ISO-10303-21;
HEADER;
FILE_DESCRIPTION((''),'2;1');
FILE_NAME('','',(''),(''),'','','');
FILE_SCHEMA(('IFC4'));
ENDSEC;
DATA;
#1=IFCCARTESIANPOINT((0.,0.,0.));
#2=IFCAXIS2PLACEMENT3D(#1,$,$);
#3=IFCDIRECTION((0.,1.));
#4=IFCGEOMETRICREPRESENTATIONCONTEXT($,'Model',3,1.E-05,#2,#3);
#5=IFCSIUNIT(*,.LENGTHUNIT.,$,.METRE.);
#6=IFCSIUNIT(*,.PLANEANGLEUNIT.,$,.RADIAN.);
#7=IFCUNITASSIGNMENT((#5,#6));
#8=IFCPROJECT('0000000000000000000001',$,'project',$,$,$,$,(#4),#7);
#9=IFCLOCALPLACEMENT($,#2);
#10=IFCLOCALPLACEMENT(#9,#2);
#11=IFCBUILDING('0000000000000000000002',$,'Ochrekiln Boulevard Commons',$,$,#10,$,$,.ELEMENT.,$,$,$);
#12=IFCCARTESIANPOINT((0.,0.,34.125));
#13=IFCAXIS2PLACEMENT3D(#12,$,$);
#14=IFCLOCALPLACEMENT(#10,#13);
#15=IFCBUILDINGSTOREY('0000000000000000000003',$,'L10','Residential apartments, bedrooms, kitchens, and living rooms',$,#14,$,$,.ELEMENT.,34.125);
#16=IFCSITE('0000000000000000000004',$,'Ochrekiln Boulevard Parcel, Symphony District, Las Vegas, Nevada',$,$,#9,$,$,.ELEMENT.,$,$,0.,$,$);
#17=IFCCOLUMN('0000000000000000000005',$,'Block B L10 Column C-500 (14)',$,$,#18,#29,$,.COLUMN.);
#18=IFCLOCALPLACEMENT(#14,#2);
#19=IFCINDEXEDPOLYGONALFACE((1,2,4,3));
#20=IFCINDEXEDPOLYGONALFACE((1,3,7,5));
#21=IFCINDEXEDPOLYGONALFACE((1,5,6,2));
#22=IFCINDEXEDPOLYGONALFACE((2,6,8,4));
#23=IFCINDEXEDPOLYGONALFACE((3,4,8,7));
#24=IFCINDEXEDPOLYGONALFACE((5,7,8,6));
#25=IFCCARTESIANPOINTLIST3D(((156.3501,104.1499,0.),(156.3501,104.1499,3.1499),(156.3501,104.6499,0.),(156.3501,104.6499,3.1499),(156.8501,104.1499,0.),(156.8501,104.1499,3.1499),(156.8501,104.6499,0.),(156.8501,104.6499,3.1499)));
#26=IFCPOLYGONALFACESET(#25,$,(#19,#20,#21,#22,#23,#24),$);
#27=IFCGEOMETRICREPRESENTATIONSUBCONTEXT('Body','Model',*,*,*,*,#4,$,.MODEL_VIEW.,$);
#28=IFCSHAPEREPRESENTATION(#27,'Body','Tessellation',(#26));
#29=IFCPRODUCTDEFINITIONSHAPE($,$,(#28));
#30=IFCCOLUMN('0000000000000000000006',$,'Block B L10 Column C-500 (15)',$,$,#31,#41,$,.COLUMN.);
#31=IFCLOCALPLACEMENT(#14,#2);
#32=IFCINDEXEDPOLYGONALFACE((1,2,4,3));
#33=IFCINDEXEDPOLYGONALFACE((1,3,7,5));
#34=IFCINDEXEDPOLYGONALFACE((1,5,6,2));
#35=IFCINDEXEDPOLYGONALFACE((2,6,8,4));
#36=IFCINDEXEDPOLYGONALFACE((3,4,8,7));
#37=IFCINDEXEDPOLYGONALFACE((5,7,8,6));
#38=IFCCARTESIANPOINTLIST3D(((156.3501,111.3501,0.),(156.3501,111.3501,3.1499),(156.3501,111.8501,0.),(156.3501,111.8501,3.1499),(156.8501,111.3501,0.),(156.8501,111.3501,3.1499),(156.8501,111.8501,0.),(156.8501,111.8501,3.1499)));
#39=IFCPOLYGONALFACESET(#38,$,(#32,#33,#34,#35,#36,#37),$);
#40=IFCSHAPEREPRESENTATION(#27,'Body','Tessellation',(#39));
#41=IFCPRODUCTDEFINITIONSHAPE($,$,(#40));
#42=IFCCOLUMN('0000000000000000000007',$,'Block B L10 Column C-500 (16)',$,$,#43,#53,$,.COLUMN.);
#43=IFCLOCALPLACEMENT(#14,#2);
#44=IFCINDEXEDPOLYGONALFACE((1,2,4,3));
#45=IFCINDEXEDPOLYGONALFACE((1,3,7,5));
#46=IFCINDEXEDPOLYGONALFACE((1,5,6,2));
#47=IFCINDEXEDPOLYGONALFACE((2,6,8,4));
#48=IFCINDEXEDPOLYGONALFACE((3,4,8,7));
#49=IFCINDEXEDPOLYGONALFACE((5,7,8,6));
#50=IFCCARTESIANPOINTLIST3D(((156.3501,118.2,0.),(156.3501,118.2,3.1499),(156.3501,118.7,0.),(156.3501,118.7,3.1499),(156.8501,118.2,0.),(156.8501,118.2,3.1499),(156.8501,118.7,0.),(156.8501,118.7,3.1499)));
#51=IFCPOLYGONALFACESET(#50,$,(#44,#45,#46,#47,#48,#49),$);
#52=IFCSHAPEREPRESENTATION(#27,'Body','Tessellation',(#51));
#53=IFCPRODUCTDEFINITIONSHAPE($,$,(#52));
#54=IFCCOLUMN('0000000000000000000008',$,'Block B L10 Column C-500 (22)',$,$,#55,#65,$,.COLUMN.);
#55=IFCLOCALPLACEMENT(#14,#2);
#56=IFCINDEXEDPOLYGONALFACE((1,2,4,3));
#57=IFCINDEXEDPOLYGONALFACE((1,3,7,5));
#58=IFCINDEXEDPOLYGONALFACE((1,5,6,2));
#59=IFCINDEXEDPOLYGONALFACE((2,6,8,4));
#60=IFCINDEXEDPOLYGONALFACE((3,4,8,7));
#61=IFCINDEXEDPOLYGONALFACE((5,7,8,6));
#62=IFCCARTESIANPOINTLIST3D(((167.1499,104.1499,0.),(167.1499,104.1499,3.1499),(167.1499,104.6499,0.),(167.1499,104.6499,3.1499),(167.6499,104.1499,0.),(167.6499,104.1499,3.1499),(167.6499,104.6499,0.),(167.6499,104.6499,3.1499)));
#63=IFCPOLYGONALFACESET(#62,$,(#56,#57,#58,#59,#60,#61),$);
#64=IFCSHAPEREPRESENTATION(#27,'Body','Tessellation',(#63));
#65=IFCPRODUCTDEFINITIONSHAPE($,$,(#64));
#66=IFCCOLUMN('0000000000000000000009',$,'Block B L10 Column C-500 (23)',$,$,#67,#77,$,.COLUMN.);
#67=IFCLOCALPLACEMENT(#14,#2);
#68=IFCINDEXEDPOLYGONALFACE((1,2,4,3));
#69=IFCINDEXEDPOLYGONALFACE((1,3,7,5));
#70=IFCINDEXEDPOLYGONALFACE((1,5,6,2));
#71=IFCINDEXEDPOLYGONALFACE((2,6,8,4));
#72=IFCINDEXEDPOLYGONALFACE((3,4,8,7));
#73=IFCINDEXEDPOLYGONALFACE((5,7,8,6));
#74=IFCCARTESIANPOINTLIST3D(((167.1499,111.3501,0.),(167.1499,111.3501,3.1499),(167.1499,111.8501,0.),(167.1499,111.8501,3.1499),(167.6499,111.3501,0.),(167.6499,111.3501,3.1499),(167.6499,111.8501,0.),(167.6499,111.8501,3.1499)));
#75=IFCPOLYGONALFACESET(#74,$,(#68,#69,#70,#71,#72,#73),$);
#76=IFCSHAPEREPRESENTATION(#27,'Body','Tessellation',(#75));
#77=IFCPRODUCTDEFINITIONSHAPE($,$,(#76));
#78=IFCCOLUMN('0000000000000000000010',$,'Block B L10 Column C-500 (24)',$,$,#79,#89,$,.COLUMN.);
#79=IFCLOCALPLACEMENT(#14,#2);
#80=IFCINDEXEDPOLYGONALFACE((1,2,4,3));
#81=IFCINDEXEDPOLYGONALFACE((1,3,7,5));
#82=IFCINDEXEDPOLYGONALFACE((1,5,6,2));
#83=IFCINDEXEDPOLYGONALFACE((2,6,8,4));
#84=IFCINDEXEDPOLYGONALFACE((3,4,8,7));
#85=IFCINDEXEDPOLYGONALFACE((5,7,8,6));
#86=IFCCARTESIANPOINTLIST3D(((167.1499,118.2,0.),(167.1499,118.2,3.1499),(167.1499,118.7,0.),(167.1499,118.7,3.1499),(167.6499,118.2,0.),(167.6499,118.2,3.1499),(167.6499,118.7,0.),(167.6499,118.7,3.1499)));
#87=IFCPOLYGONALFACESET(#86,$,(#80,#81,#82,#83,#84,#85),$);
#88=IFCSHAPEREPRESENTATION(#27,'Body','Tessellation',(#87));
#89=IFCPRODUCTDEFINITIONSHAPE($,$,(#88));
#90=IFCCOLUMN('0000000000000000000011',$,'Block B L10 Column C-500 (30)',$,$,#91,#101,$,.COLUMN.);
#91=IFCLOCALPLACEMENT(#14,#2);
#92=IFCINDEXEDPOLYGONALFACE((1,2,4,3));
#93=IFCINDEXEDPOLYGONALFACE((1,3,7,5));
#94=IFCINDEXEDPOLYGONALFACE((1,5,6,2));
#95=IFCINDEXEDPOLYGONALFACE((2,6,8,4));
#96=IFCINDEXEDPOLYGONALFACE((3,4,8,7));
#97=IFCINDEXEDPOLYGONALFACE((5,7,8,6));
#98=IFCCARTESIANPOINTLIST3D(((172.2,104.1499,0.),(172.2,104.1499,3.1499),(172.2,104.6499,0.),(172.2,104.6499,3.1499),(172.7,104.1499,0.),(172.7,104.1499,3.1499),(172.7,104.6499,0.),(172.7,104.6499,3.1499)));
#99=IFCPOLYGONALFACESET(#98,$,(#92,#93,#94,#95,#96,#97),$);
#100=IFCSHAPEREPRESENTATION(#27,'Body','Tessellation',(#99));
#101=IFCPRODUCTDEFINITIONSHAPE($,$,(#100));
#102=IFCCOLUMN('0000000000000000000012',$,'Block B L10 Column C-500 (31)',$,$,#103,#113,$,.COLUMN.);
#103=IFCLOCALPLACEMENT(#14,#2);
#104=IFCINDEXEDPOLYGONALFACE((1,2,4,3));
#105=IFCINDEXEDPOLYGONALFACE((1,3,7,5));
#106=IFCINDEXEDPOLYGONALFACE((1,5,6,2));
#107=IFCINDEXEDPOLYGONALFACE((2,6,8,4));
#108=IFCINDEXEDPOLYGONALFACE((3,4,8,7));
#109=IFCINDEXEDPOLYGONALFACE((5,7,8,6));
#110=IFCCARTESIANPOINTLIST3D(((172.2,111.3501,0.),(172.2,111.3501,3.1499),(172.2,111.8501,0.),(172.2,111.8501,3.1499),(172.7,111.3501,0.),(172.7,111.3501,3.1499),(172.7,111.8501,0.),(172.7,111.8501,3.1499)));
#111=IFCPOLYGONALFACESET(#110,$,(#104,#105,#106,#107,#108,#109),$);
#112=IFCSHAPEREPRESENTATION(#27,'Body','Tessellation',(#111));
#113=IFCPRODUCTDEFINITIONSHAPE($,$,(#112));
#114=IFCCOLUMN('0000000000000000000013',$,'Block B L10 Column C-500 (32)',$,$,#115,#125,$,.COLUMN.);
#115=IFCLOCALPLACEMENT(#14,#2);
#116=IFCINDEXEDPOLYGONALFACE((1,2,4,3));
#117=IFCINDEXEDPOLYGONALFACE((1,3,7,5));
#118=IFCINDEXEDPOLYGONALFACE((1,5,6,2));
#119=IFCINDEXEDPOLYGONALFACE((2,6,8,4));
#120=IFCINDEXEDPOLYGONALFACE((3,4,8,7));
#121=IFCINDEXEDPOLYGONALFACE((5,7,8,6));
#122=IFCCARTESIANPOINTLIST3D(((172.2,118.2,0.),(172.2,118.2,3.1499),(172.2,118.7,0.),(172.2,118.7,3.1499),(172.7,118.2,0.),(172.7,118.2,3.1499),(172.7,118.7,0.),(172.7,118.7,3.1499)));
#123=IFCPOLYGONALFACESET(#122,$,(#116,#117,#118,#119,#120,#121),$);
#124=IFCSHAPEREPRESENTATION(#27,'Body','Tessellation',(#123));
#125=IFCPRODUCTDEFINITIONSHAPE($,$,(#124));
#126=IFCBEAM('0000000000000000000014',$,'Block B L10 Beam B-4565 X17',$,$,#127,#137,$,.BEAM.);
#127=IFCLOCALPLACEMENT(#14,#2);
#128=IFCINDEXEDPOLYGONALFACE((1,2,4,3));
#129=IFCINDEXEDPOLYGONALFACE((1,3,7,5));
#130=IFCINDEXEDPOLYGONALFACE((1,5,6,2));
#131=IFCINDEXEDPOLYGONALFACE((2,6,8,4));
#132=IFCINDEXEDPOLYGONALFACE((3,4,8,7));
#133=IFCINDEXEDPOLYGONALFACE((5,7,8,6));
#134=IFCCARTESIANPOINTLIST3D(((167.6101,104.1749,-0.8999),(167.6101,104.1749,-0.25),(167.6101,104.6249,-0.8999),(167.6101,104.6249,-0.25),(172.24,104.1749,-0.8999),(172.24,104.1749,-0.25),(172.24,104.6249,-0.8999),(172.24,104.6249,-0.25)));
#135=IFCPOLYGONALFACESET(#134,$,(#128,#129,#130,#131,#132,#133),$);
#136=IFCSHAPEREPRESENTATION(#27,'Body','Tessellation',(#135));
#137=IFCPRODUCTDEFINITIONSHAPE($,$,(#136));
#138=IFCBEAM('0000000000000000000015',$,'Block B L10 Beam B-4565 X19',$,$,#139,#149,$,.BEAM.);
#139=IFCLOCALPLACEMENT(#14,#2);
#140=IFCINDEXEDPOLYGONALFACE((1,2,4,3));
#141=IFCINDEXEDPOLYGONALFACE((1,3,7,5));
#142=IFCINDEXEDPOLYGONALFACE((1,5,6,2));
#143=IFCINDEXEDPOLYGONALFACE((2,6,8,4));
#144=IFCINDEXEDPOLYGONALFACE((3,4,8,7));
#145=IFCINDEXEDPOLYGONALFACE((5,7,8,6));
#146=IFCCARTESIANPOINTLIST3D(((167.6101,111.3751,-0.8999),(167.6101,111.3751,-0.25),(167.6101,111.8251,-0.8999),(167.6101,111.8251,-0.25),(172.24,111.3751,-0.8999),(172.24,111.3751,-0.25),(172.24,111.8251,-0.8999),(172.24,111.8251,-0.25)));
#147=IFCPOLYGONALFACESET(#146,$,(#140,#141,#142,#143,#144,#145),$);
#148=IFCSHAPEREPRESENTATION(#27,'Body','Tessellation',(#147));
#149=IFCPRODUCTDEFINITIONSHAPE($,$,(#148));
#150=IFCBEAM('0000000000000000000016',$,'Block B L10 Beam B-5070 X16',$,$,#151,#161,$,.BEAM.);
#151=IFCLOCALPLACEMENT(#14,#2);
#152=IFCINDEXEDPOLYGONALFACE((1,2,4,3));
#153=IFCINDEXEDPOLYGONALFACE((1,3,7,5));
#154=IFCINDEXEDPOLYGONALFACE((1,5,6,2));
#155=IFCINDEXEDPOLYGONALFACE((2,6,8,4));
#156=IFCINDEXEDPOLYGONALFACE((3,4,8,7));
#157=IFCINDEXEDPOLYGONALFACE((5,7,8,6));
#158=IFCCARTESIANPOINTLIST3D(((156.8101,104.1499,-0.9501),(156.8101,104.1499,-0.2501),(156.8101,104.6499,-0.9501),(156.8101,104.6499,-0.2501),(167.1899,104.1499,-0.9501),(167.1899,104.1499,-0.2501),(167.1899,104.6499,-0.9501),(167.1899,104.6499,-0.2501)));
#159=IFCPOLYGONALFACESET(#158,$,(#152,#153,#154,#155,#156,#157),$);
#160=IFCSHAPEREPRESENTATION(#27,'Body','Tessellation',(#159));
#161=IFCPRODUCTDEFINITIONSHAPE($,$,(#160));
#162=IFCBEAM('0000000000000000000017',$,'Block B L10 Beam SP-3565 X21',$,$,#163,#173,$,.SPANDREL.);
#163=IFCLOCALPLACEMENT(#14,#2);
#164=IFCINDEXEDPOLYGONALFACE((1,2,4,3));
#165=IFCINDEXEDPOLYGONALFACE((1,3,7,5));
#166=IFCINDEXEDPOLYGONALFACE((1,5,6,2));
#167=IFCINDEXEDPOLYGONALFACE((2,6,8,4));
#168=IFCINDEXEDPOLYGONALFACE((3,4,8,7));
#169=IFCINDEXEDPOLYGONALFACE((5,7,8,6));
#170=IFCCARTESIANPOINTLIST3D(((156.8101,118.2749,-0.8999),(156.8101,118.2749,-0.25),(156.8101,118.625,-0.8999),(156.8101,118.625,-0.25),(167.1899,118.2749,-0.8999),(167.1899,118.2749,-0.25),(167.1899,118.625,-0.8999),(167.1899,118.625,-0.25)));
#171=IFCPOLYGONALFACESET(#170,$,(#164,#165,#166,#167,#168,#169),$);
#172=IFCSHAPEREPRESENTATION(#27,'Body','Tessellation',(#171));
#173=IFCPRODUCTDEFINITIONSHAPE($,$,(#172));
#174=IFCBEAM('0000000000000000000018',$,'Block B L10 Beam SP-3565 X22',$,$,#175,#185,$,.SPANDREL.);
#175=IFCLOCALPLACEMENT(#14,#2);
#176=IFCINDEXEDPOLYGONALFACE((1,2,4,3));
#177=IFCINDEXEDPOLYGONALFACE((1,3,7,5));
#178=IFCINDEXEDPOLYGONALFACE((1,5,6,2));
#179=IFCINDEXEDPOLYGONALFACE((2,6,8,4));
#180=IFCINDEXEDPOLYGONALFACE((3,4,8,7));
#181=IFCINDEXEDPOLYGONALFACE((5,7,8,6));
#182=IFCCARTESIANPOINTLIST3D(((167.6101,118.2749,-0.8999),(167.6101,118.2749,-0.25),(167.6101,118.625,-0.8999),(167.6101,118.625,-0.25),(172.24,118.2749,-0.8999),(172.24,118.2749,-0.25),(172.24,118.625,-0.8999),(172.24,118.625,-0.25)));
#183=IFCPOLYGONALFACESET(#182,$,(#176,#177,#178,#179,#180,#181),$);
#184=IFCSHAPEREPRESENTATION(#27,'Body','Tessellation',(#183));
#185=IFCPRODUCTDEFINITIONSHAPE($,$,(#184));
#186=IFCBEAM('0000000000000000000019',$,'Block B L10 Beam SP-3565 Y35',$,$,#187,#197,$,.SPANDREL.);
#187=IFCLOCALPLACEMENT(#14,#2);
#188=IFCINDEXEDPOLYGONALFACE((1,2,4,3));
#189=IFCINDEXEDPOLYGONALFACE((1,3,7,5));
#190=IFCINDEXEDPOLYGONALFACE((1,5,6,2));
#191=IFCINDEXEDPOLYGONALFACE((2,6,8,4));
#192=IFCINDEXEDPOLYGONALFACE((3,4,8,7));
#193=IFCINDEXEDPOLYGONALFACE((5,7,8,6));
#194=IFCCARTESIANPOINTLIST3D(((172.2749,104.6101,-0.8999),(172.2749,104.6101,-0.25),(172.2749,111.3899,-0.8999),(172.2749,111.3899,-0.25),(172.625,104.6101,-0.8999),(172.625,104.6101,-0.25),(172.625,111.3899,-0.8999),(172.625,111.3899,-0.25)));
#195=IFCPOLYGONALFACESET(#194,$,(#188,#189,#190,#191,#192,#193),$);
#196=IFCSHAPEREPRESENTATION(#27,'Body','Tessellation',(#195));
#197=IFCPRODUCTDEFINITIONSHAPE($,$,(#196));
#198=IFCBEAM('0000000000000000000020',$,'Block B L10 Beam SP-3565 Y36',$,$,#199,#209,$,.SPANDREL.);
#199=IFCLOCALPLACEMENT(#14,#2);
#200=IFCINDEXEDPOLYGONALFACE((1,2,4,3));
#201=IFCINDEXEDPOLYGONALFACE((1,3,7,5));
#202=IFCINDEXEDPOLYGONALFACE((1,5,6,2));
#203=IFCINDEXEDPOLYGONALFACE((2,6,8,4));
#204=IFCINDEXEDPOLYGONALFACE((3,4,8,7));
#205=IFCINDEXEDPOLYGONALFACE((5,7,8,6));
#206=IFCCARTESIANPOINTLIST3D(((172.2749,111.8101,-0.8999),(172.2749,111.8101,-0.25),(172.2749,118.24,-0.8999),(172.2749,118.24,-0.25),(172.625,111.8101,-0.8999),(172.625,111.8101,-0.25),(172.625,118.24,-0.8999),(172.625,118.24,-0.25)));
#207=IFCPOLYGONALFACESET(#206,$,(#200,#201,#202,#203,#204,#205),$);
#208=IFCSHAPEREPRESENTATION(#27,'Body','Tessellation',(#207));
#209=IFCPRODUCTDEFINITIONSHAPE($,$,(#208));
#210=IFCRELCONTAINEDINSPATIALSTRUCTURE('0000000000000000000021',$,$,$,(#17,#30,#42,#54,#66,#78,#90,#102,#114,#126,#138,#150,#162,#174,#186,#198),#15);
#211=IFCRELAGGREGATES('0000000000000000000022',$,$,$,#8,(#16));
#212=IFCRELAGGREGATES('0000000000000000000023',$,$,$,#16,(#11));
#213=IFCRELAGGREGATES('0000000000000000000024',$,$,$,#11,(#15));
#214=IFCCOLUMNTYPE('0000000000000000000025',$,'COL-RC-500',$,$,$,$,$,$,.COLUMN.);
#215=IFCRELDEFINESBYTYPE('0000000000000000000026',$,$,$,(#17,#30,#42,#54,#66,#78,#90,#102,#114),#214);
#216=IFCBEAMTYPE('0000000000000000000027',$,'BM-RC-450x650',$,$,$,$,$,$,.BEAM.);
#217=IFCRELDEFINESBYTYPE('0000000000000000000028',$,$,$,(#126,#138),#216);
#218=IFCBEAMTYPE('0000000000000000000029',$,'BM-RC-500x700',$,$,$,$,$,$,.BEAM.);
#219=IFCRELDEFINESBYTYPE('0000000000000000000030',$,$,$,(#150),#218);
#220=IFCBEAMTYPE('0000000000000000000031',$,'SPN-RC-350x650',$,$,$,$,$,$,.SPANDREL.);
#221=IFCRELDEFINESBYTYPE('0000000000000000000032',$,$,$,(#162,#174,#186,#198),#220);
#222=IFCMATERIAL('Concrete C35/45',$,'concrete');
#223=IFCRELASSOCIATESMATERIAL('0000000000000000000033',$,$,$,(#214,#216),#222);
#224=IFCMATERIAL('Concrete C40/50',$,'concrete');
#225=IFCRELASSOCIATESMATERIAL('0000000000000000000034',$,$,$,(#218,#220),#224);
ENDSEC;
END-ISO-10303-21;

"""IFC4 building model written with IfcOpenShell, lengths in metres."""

from ifc_helpers import new_model, si_unit, direction, frame, origin, origin_2d, place, context, subcontext, project, spatial, rectangle, extrude, material, material_profile, profile_set, type_object, element, save


model = new_model("IFC4")

# Units and contexts
model_context = context("Model", 3, precision=1e-05, world=origin(), true_north=direction((0.0, 1.0)))
body_context = subcontext(model_context, "Body", "Model", "MODEL_VIEW")
ifc_project = project(units=[si_unit("LENGTHUNIT", "METRE"), si_unit("PLANEANGLEUNIT", "RADIAN")], contexts=[model_context])

# Site, building, storey
site_placement = place(None, origin())
site = spatial("IfcSite", under=ifc_project, at=site_placement, Name="Ochrekiln Boulevard Parcel, Symphony District, Las Vegas, Nevada", CompositionType="ELEMENT", RefElevation=0.0)
building_placement = place(site_placement, origin())
building = spatial("IfcBuilding", under=site, at=building_placement, Name="Ochrekiln Boulevard Commons", CompositionType="ELEMENT")
storey_placement = place(building_placement, frame((0.0, 0.0, 34.125)))
storey = spatial("IfcBuildingStorey", under=building, at=storey_placement, Name="L10", Description="Residential apartments, bedrooms, kitchens, and living rooms", CompositionType="ELEMENT", Elevation=34.125)

# Columns
ifc_material_1 = material(Name="Concrete C35/45", Category="concrete")
ifc_material_profile_1 = material_profile(ifc_material_1, rectangle(XDim=0.5, YDim=0.5, at=origin_2d()), Name="RC-COL-500x500")
ifc_profile_set_1 = profile_set([ifc_material_profile_1], Name="Concrete C35/45")
column_type = type_object("IfcColumnType", Name="COL-RC-500", PredefinedType="COLUMN", material=ifc_profile_set_1)
for number, where, z_axis, x_axis, name in (
    (1, (156.6001, 104.3999, 0.0), (0.0, 0.0, 1.0), (1.0, 0.0, 0.0), "Block B L10 Column C-500 (14)"),
    (2, (156.6001, 111.6001, 0.0), (0.0, 0.0, 1.0), (1.0, 0.0, 0.0), "Block B L10 Column C-500 (15)"),
    (3, (156.6001, 118.45, 0.0), (0.0, 0.0, 1.0), (1.0, 0.0, 0.0), "Block B L10 Column C-500 (16)"),
    (4, (167.3999, 104.3999, 0.0), (0.0, 0.0, 1.0), (1.0, 0.0, 0.0), "Block B L10 Column C-500 (22)"),
    (5, (167.3999, 111.6001, 0.0), (0.0, 0.0, 1.0), (1.0, 0.0, 0.0), "Block B L10 Column C-500 (23)"),
    (6, (167.3999, 118.45, 0.0), (0.0, 0.0, 1.0), (1.0, 0.0, 0.0), "Block B L10 Column C-500 (24)"),
    (7, (172.45, 104.3999, 0.0), (0.0, 0.0, 1.0), (1.0, 0.0, 0.0), "Block B L10 Column C-500 (30)"),
    (8, (172.45, 111.6001, 0.0), (0.0, 0.0, 1.0), (1.0, 0.0, 0.0), "Block B L10 Column C-500 (31)"),
    (9, (172.45, 118.45, 0.0), (0.0, 0.0, 1.0), (1.0, 0.0, 0.0), "Block B L10 Column C-500 (32)"),
):
    element("IfcColumn", number, at=place(storey_placement, frame(where, z_axis=z_axis, x_axis=x_axis)), inside=storey, type_object=column_type, Name=name, PredefinedType="COLUMN", context=body_context, shape_type="SweptSolid", body=[
        extrude(rectangle(XDim=0.5, YDim=0.5, at=origin_2d()), origin(), (0.0, 0.0, 1.0), 3.1499),
    ])

# Beams
ifc_material_profile_2 = material_profile(ifc_material_1, rectangle(XDim=0.45, YDim=0.6499, at=origin_2d()), Name="RC-BM-450x650")
ifc_profile_set_2 = profile_set([ifc_material_profile_2], Name="Concrete C35/45")
beam_type_1 = type_object("IfcBeamType", Name="BM-RC-450x650", PredefinedType="BEAM", material=ifc_profile_set_2)
for number, where, z_axis, x_axis, name in (
    (10, (167.6101, 104.3999, -0.575), (1.0, 0.0, 0.0), (0.0, 1.0, 0.0), "Block B L10 Beam B-4565 X17"),
    (11, (167.6101, 111.6001, -0.575), (1.0, 0.0, 0.0), (0.0, 1.0, 0.0), "Block B L10 Beam B-4565 X19"),
):
    element("IfcBeam", number, at=place(storey_placement, frame(where, z_axis=z_axis, x_axis=x_axis)), inside=storey, type_object=beam_type_1, Name=name, PredefinedType="BEAM", context=body_context, shape_type="SweptSolid", body=[
        extrude(rectangle(XDim=0.45, YDim=0.6499, at=origin_2d()), origin(), (0.0, 0.0, 1.0), 4.6299),
    ])
ifc_material_2 = material(Name="Concrete C40/50", Category="concrete")
ifc_material_profile_3 = material_profile(ifc_material_2, rectangle(XDim=0.5, YDim=0.7, at=origin_2d()), Name="RC-BM-500x700")
ifc_profile_set_3 = profile_set([ifc_material_profile_3], Name="Concrete C40/50")
beam_type_2 = type_object("IfcBeamType", Name="BM-RC-500x700", PredefinedType="BEAM", material=ifc_profile_set_3)
beam_1_placement = place(storey_placement, frame((156.8101, 104.3999, -0.6001), z_axis=(1.0, 0.0, 0.0), x_axis=(0.0, 1.0, 0.0)))
element("IfcBeam", 12, at=beam_1_placement, inside=storey, type_object=beam_type_2, Name="Block B L10 Beam B-5070 X16", PredefinedType="BEAM", context=body_context, shape_type="SweptSolid", body=[
    extrude(rectangle(XDim=0.5, YDim=0.7, at=origin_2d()), origin(), (0.0, 0.0, 1.0), 10.3799),
])
ifc_material_profile_4 = material_profile(ifc_material_2, rectangle(XDim=0.3501, YDim=0.6499, at=origin_2d()), Name="RC-SPN-350x650")
ifc_profile_set_4 = profile_set([ifc_material_profile_4], Name="Concrete C40/50")
beam_type_3 = type_object("IfcBeamType", Name="SPN-RC-350x650", PredefinedType="SPANDREL", material=ifc_profile_set_4)
beam_2_placement = place(storey_placement, frame((156.8101, 118.45, -0.575), z_axis=(1.0, 0.0, 0.0), x_axis=(0.0, 1.0, 0.0)))
element("IfcBeam", 13, at=beam_2_placement, inside=storey, type_object=beam_type_3, Name="Block B L10 Beam SP-3565 X21", PredefinedType="SPANDREL", context=body_context, shape_type="SweptSolid", body=[
    extrude(rectangle(XDim=0.3501, YDim=0.6499, at=origin_2d()), origin(), (0.0, 0.0, 1.0), 10.3799),
])
beam_3_placement = place(storey_placement, frame((167.6101, 118.45, -0.575), z_axis=(1.0, 0.0, 0.0), x_axis=(0.0, 1.0, 0.0)))
element("IfcBeam", 14, at=beam_3_placement, inside=storey, type_object=beam_type_3, Name="Block B L10 Beam SP-3565 X22", PredefinedType="SPANDREL", context=body_context, shape_type="SweptSolid", body=[
    extrude(rectangle(XDim=0.3501, YDim=0.6499, at=origin_2d()), origin(), (0.0, 0.0, 1.0), 4.6299),
])
beam_4_placement = place(storey_placement, frame((172.45, 104.6101, -0.575), z_axis=(0.0, 1.0, 0.0), x_axis=(-1.0, 0.0, 0.0)))
element("IfcBeam", 15, at=beam_4_placement, inside=storey, type_object=beam_type_3, Name="Block B L10 Beam SP-3565 Y35", PredefinedType="SPANDREL", context=body_context, shape_type="SweptSolid", body=[
    extrude(rectangle(XDim=0.3501, YDim=0.6499, at=origin_2d()), origin(), (0.0, 0.0, 1.0), 6.7798),
])
beam_5_placement = place(storey_placement, frame((172.45, 111.8101, -0.575), z_axis=(0.0, 1.0, 0.0), x_axis=(-1.0, 0.0, 0.0)))
element("IfcBeam", 16, at=beam_5_placement, inside=storey, type_object=beam_type_3, Name="Block B L10 Beam SP-3565 Y36", PredefinedType="SPANDREL", context=body_context, shape_type="SweptSolid", body=[
    extrude(rectangle(XDim=0.3501, YDim=0.6499, at=origin_2d()), origin(), (0.0, 0.0, 1.0), 6.4299),
])

save(model, "model.ifc")
